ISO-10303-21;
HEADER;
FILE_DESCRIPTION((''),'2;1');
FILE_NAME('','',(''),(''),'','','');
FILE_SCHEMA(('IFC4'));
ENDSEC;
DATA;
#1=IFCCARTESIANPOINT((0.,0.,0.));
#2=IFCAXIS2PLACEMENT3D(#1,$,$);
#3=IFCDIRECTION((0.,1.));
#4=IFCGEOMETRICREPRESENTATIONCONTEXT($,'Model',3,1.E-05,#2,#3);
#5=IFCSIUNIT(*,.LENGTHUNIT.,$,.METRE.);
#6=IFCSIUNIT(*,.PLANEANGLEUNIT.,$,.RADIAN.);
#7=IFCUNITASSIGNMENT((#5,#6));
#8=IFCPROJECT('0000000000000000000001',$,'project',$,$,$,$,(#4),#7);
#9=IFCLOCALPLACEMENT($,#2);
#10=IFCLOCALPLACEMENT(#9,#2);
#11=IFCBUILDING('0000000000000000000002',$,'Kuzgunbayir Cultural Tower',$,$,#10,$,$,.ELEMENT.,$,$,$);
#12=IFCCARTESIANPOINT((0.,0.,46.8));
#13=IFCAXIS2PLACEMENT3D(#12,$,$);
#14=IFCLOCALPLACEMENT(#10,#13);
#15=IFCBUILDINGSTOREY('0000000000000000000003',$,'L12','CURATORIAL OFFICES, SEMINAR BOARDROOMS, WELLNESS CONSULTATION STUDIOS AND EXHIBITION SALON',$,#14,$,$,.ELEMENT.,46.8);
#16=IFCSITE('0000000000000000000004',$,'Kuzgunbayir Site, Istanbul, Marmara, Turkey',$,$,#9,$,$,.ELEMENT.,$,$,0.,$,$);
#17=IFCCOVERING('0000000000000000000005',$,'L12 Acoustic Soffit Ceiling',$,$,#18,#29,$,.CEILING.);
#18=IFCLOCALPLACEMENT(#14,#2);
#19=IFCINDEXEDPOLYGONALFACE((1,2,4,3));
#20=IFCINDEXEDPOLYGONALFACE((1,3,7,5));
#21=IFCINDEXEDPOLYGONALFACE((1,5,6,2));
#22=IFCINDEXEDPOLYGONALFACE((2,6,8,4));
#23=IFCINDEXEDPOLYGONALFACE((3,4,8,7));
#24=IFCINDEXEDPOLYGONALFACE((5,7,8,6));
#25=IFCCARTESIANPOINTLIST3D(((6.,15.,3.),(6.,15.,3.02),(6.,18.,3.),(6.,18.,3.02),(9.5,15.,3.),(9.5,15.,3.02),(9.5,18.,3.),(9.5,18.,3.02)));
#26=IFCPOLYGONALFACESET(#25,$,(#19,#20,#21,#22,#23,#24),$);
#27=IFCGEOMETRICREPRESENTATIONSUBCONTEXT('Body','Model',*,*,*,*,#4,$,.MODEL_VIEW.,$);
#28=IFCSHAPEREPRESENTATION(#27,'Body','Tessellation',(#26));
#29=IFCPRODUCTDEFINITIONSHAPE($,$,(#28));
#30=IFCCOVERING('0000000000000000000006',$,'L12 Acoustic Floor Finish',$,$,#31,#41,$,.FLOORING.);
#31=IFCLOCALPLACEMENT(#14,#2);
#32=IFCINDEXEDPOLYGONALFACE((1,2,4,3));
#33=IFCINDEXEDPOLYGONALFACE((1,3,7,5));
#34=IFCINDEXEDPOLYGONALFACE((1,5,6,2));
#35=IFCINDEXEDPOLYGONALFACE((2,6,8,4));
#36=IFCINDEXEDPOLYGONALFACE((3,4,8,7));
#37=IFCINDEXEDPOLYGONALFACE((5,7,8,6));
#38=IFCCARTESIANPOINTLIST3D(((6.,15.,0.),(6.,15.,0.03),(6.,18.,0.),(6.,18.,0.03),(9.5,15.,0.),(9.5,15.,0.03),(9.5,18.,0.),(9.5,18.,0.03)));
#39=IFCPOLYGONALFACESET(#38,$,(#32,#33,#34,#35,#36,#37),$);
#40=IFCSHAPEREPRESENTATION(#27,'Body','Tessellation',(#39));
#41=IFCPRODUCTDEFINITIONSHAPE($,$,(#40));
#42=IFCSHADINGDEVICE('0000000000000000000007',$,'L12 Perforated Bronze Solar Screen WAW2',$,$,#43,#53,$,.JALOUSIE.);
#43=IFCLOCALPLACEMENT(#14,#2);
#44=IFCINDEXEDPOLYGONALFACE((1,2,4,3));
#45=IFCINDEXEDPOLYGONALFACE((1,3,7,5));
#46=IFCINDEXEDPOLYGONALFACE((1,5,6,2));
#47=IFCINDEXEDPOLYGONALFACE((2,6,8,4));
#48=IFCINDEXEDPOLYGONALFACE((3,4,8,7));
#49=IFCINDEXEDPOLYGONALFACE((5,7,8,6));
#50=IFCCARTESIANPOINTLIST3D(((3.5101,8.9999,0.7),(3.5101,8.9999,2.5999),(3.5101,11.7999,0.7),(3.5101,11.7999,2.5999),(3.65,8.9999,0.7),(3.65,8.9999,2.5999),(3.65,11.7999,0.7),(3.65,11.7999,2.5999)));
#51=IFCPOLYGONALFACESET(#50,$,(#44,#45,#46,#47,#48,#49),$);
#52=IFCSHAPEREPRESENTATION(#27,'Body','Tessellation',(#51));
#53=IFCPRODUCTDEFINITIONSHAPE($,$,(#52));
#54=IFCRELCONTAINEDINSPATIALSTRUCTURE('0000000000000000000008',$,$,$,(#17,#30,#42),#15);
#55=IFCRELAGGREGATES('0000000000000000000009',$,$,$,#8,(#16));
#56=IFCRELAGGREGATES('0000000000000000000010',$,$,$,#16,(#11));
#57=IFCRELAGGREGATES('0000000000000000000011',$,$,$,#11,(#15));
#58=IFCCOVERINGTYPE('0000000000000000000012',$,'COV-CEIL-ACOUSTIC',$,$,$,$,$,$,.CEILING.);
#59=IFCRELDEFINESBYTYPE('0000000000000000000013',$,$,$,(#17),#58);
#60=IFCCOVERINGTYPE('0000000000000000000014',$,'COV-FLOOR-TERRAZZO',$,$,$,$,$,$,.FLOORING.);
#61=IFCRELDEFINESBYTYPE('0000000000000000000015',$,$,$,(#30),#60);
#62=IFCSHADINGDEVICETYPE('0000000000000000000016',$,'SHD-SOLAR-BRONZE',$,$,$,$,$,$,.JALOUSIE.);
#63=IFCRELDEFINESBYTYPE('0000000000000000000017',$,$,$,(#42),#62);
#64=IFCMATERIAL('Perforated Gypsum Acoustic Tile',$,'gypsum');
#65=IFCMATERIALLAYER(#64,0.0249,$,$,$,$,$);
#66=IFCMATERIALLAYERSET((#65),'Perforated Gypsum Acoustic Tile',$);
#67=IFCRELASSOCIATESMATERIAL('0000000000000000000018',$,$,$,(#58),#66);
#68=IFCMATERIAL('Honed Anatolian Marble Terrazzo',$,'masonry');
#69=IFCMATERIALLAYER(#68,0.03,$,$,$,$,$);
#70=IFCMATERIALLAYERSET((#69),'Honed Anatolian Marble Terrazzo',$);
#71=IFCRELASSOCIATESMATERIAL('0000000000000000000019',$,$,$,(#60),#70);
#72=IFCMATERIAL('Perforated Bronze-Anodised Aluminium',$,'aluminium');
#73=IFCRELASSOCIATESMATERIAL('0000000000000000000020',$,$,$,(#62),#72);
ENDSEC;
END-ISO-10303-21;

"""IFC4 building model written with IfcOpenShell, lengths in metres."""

from ifc_helpers import new_model, si_unit, direction, frame, origin, origin_2d, place, context, subcontext, project, spatial, polyline, rectangle, outline, extrude, material, layer, layer_set, type_object, element, save


model = new_model("IFC4")

# Units and contexts
model_context = context("Model", 3, precision=1e-05, world=origin(), true_north=direction((0.0, 1.0)))
body_context = subcontext(model_context, "Body", "Model", "MODEL_VIEW")
ifc_project = project(units=[si_unit("LENGTHUNIT", "METRE"), si_unit("PLANEANGLEUNIT", "RADIAN")], contexts=[model_context])

# Site, building, storey
site_placement = place(None, origin())
site = spatial("IfcSite", under=ifc_project, at=site_placement, Name="Kuzgunbayir Site, Istanbul, Marmara, Turkey", CompositionType="ELEMENT", RefElevation=0.0)
building_placement = place(site_placement, origin())
building = spatial("IfcBuilding", under=site, at=building_placement, Name="Kuzgunbayir Cultural Tower", CompositionType="ELEMENT")
storey_placement = place(building_placement, frame((0.0, 0.0, 46.8)))
storey = spatial("IfcBuildingStorey", under=building, at=storey_placement, Name="L12", Description="CURATORIAL OFFICES, SEMINAR BOARDROOMS, WELLNESS CONSULTATION STUDIOS AND EXHIBITION SALON", CompositionType="ELEMENT", Elevation=46.8)

# Coverings
ifc_material_1 = material(Name="Perforated Gypsum Acoustic Tile", Category="gypsum")
ifc_layer_1 = layer(ifc_material_1, 0.0249)
ifc_layer_set_1 = layer_set([ifc_layer_1], Name="Perforated Gypsum Acoustic Tile")
covering_type_1 = type_object("IfcCoveringType", Name="COV-CEIL-ACOUSTIC", PredefinedType="CEILING", material=ifc_layer_set_1)
covering_1_placement = place(storey_placement, frame((0.0, 0.0, 3.0)))
element("IfcCovering", 1, at=covering_1_placement, inside=storey, type_object=covering_type_1, Name="L12 Acoustic Soffit Ceiling", PredefinedType="CEILING", context=body_context, shape_type="SweptSolid", body=[
    extrude(outline(polyline([(6.0, 15.0), (9.5, 15.0), (9.5, 18.0), (6.0, 18.0), (6.0, 15.0)])), origin(), (0.0, 0.0, 1.0), 0.02),
])
ifc_material_2 = material(Name="Honed Anatolian Marble Terrazzo", Category="masonry")
ifc_layer_2 = layer(ifc_material_2, 0.03)
ifc_layer_set_2 = layer_set([ifc_layer_2], Name="Honed Anatolian Marble Terrazzo")
covering_type_2 = type_object("IfcCoveringType", Name="COV-FLOOR-TERRAZZO", PredefinedType="FLOORING", material=ifc_layer_set_2)
covering_2_placement = place(storey_placement, origin())
element("IfcCovering", 2, at=covering_2_placement, inside=storey, type_object=covering_type_2, Name="L12 Acoustic Floor Finish", PredefinedType="FLOORING", context=body_context, shape_type="SweptSolid", body=[
    extrude(outline(polyline([(6.0, 15.0), (9.5, 15.0), (9.5, 18.0), (6.0, 18.0), (6.0, 15.0)])), origin(), (0.0, 0.0, 1.0), 0.03),
])

# Shading device
ifc_material_3 = material(Name="Perforated Bronze-Anodised Aluminium", Category="aluminium")
shading_device_type = type_object("IfcShadingDeviceType", Name="SHD-SOLAR-BRONZE", PredefinedType="JALOUSIE", material=ifc_material_3)
shading_device_placement = place(storey_placement, frame((3.5801, 10.3999, 0.7), z_axis=(0.0, 0.0, 1.0), x_axis=(1.0, 0.0, 0.0)))
element("IfcShadingDevice", 3, at=shading_device_placement, inside=storey, type_object=shading_device_type, Name="L12 Perforated Bronze Solar Screen WAW2", PredefinedType="JALOUSIE", context=body_context, shape_type="SweptSolid", body=[
    extrude(rectangle(XDim=0.1399, YDim=2.8, at=origin_2d()), origin(), (0.0, 0.0, 1.0), 1.8999),
])

save(model, "model.ifc")
